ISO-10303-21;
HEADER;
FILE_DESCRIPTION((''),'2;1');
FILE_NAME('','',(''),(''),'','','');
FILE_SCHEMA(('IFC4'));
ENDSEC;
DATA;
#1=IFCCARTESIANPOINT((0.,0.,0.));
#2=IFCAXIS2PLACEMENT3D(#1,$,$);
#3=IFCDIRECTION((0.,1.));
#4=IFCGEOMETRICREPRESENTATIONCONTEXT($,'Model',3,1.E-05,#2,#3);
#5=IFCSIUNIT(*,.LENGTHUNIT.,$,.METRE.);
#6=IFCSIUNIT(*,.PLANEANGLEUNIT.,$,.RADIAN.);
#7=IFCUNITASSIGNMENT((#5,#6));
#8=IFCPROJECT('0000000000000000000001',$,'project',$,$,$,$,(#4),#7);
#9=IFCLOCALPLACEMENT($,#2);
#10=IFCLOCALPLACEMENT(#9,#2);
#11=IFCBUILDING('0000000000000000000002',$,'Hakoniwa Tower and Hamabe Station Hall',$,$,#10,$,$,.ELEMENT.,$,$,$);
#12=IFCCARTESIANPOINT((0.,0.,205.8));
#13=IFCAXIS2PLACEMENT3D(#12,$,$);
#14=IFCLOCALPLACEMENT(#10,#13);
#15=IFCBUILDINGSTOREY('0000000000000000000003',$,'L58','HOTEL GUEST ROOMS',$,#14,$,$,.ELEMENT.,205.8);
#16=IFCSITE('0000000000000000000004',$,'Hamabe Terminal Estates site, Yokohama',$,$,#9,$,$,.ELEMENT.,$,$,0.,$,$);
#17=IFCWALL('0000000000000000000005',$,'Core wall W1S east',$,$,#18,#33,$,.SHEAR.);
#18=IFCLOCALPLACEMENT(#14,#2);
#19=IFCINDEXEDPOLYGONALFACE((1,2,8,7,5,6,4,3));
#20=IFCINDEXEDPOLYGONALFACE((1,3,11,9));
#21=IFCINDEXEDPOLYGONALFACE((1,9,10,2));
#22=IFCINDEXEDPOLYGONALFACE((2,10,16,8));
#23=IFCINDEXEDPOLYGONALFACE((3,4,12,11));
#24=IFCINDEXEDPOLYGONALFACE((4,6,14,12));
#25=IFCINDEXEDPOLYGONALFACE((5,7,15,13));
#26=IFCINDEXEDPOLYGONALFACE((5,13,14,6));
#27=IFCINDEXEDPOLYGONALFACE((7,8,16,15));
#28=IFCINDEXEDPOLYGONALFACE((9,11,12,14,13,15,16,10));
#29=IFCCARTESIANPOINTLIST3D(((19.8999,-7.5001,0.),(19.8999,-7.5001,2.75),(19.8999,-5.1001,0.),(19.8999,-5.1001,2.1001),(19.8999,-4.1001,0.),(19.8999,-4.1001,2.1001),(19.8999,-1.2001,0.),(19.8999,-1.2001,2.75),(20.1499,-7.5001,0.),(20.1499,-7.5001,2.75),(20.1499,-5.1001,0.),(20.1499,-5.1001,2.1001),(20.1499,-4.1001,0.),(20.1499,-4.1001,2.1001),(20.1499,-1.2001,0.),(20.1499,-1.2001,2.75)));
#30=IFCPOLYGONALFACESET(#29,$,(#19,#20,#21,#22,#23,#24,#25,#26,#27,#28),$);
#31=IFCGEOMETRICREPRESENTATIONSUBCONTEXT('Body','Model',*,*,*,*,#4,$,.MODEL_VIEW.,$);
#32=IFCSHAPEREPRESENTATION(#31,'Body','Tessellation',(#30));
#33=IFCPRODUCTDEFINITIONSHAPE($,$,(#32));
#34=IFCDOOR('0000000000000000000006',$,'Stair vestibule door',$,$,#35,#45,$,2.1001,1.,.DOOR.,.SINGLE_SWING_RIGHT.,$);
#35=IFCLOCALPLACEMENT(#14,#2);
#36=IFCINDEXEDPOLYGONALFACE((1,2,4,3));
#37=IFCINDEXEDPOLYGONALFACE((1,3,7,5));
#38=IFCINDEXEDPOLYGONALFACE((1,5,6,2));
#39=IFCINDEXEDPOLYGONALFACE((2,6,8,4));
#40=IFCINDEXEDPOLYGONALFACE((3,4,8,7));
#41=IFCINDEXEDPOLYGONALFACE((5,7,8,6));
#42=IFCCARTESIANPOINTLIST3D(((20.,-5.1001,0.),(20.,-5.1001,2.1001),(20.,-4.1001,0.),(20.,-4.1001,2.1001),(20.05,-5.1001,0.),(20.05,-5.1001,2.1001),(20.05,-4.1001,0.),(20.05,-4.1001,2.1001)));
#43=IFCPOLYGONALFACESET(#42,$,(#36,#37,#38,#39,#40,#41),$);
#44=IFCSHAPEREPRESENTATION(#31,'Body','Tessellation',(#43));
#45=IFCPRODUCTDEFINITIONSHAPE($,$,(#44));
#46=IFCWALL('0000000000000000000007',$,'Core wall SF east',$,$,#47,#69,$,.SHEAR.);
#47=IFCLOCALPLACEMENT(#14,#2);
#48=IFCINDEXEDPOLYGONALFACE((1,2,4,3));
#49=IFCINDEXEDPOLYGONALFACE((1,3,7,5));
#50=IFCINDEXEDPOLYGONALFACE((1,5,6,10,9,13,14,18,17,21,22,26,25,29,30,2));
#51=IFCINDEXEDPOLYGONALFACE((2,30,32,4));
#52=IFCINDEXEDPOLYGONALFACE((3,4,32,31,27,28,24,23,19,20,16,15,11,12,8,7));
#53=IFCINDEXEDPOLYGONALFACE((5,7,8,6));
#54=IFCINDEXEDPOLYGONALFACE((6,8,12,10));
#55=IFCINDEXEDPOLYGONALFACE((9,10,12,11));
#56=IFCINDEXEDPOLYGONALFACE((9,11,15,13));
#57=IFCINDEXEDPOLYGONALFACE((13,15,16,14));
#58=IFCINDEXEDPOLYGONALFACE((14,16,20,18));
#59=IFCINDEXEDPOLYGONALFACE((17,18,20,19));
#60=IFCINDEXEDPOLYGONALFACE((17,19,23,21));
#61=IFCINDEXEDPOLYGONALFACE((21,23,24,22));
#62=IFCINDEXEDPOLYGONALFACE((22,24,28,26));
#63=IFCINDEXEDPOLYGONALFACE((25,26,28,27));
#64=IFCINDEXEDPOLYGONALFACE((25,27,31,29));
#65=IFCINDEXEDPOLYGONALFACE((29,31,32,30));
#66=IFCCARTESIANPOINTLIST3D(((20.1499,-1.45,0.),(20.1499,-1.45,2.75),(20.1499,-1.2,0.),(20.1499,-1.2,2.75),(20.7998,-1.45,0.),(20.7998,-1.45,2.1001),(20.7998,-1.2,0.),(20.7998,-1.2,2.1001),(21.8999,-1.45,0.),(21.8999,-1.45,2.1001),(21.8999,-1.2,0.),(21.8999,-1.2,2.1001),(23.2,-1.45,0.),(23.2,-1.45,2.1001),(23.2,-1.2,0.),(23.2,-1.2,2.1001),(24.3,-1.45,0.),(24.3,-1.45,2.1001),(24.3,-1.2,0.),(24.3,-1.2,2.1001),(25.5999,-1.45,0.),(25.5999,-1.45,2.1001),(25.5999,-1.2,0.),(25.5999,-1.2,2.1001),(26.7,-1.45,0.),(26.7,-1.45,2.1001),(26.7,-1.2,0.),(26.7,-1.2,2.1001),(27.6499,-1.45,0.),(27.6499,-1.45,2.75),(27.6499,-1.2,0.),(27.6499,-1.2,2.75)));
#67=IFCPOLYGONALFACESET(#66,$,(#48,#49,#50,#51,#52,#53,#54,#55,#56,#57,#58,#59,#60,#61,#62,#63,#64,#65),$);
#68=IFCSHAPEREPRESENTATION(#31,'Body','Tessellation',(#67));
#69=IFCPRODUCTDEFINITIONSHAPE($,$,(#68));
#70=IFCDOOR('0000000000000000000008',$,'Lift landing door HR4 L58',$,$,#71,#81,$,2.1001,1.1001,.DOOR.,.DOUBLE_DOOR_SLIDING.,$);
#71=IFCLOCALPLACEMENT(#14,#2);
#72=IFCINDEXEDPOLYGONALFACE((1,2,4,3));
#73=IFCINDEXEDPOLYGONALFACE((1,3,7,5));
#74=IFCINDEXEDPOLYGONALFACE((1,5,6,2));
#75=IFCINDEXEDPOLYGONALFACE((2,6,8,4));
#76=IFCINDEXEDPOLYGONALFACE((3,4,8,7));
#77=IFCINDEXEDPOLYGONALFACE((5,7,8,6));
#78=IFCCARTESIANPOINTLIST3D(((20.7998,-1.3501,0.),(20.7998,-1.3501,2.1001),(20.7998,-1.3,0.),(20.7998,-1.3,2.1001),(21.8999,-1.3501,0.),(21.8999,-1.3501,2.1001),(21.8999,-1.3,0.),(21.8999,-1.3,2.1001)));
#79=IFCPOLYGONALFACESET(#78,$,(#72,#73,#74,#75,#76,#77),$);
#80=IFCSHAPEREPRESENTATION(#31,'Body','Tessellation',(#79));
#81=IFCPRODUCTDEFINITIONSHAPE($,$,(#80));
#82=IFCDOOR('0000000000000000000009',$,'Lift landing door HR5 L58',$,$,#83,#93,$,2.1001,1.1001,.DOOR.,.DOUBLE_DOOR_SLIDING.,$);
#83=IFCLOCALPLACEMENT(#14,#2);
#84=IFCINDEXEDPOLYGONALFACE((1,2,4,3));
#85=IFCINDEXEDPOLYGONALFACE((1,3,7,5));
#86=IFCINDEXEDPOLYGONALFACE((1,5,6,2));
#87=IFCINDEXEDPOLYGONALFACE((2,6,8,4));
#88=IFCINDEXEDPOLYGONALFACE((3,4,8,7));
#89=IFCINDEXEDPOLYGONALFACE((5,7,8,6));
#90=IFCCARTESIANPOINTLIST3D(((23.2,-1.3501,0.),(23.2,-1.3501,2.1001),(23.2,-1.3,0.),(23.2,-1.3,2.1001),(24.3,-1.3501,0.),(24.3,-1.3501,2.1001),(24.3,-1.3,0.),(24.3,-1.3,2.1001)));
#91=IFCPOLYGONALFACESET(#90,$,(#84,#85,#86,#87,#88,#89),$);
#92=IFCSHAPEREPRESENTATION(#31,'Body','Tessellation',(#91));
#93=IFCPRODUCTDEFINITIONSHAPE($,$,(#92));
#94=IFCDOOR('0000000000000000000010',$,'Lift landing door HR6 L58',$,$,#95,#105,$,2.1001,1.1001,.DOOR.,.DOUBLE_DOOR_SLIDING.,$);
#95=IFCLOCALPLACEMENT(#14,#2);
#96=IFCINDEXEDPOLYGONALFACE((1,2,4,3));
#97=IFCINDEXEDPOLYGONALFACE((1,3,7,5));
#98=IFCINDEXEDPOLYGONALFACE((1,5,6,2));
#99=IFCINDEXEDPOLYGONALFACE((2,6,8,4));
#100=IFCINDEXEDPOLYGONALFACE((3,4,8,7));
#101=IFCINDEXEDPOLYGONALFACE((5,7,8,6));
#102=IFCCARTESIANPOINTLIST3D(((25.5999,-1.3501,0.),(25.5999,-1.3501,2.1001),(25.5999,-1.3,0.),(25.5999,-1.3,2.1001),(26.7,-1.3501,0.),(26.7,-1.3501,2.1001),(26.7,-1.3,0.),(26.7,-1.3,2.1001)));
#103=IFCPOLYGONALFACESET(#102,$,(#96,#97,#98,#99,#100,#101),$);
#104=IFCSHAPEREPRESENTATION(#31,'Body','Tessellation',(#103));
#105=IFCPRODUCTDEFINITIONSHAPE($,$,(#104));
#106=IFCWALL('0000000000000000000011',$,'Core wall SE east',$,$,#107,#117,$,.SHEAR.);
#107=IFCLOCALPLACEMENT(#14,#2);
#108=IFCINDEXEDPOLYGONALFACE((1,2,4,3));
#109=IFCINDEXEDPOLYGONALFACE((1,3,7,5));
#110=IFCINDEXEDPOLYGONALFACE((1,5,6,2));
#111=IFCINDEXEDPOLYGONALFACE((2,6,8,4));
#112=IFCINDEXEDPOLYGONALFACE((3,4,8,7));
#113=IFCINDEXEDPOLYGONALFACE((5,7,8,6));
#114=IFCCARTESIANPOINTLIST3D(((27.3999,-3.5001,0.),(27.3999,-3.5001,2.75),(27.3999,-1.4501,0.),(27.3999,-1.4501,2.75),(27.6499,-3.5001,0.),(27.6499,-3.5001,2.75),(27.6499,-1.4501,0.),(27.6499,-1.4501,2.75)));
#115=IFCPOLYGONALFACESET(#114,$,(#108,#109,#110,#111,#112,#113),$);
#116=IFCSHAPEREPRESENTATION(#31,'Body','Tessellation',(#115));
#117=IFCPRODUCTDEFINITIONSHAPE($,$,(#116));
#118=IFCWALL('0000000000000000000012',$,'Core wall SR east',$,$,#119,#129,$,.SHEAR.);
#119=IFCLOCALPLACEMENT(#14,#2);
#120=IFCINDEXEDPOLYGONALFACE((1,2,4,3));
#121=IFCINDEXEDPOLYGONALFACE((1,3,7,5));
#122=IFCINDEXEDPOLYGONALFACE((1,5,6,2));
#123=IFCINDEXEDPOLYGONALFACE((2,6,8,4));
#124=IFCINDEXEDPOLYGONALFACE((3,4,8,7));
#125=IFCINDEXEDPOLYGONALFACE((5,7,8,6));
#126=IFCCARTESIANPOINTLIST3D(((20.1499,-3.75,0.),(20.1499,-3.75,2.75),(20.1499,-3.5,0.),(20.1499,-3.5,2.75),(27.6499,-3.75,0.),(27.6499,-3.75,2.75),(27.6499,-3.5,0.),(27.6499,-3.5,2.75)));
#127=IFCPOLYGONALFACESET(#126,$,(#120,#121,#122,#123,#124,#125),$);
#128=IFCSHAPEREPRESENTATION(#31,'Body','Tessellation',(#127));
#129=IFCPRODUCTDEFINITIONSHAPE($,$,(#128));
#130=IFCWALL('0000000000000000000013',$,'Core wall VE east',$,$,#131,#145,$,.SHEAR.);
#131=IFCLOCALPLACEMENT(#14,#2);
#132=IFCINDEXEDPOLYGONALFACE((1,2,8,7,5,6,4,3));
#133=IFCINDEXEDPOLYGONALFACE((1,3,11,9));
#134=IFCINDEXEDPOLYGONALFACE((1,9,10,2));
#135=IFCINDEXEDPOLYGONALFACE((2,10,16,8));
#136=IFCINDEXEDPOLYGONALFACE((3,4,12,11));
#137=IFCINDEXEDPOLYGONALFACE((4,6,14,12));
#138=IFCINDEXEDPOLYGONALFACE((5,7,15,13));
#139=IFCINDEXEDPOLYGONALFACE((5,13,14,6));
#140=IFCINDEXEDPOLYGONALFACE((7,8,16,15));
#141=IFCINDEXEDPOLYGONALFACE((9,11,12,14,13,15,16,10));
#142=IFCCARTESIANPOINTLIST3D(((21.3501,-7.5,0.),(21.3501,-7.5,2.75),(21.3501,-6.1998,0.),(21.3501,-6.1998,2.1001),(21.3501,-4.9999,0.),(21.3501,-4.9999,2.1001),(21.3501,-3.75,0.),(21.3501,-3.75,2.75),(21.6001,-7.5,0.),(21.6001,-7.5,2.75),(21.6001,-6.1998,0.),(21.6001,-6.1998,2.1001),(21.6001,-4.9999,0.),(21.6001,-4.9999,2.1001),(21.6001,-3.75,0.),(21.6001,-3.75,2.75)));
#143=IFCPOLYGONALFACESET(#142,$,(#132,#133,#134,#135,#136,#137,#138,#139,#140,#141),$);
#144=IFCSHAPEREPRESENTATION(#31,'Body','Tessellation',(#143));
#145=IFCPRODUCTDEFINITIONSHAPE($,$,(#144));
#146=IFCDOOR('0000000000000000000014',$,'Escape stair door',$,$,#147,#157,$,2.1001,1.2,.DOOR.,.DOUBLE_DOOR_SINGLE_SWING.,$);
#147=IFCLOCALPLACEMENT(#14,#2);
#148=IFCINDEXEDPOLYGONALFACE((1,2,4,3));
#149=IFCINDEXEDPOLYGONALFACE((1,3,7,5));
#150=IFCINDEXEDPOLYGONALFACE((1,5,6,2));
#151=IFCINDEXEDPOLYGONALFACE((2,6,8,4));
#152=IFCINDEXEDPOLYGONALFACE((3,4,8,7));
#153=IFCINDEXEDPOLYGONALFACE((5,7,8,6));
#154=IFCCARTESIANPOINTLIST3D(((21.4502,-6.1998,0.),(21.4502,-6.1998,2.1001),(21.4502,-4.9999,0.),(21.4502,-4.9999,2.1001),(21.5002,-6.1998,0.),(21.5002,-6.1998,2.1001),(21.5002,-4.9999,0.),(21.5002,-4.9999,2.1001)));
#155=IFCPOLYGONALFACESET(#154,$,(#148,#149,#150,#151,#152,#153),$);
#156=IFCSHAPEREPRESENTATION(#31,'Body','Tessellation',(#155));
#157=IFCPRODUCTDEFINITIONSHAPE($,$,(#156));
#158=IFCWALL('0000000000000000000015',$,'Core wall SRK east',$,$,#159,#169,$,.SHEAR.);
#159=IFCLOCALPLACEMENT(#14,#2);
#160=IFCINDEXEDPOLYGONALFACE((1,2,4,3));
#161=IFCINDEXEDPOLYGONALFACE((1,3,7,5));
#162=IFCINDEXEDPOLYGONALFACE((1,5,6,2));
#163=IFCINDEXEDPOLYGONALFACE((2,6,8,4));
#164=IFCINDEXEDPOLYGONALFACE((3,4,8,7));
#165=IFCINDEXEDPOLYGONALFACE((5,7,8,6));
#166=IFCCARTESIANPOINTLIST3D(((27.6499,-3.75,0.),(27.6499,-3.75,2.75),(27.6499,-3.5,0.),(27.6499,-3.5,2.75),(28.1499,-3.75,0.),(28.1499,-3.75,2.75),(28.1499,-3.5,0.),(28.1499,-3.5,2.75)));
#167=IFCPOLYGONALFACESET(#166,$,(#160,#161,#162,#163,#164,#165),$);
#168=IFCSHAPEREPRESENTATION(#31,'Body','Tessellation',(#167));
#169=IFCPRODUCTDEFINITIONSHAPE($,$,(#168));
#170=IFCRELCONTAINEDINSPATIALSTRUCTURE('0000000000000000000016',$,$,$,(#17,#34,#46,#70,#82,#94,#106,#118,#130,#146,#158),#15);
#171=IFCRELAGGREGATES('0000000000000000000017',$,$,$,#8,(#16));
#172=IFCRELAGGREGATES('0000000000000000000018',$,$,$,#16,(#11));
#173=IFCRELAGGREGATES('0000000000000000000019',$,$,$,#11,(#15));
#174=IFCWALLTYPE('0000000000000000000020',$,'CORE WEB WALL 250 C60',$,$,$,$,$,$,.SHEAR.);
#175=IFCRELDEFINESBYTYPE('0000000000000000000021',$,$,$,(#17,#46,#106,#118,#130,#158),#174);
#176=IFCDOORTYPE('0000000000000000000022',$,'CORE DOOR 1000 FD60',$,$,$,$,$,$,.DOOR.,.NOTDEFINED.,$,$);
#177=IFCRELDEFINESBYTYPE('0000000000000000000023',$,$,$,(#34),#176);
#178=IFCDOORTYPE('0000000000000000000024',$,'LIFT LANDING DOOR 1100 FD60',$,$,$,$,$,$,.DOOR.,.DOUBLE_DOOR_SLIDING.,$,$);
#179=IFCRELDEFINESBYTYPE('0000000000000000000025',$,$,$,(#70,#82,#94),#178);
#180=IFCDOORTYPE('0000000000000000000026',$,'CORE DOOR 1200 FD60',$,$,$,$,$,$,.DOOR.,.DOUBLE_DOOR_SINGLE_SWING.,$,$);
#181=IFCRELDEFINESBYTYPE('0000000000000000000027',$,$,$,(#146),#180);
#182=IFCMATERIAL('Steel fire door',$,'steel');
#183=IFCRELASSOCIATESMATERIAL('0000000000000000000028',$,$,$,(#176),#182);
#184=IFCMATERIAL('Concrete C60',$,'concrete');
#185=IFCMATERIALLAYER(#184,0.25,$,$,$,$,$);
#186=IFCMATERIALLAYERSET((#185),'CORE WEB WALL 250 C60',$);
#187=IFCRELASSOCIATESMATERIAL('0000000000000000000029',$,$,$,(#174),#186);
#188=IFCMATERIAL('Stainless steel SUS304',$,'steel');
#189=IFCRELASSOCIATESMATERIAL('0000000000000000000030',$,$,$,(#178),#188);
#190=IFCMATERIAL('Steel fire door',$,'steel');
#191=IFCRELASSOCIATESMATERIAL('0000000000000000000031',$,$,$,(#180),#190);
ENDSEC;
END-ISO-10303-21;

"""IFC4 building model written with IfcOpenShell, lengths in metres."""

from ifc_helpers import new_model, si_unit, direction, frame, frame_2d, origin, place, context, subcontext, project, spatial, rectangle, extrude, material, layer, layer_set, type_object, element, fill, save


model = new_model("IFC4")

# Units and contexts
model_context = context("Model", 3, precision=1e-05, world=origin(), true_north=direction((0.0, 1.0)))
body_context = subcontext(model_context, "Body", "Model", "MODEL_VIEW")
ifc_project = project(units=[si_unit("LENGTHUNIT", "METRE"), si_unit("PLANEANGLEUNIT", "RADIAN")], contexts=[model_context])

# Site, building, storey
site_placement = place(None, origin())
site = spatial("IfcSite", under=ifc_project, at=site_placement, Name="Hamabe Terminal Estates site, Yokohama", CompositionType="ELEMENT", RefElevation=0.0)
building_placement = place(site_placement, origin())
building = spatial("IfcBuilding", under=site, at=building_placement, Name="Hakoniwa Tower and Hamabe Station Hall", CompositionType="ELEMENT")
storey_placement = place(building_placement, frame((0.0, 0.0, 205.8)))
storey = spatial("IfcBuildingStorey", under=building, at=storey_placement, Name="L58", Description="HOTEL GUEST ROOMS", CompositionType="ELEMENT", Elevation=205.8)

# Wall, opening, door
ifc_material_1 = material(Name="Steel fire door", Category="steel")
door_type_1 = type_object("IfcDoorType", Name="CORE DOOR 1000 FD60", OperationType="NOTDEFINED", PredefinedType="DOOR", material=ifc_material_1)
ifc_material_2 = material(Name="Concrete C60", Category="concrete")
ifc_layer_1 = layer(ifc_material_2, 0.25)
ifc_layer_set_1 = layer_set([ifc_layer_1], Name="CORE WEB WALL 250 C60")
wall_type_1 = type_object("IfcWallType", Name="CORE WEB WALL 250 C60", PredefinedType="SHEAR", material=ifc_layer_set_1)
wall_1_placement = place(storey_placement, frame((20.0249, -7.5, 0.0), z_axis=(0.0, 0.0, 1.0), x_axis=(0.0, 1.0, 0.0)))
wall_1 = element("IfcWall", 1, at=wall_1_placement, inside=storey, type_object=wall_type_1, Name="Core wall W1S east", PredefinedType="SHEAR", context=body_context, shape_type="SweptSolid", body=[
    extrude(rectangle(XDim=6.3, YDim=0.25, at=frame_2d((3.1499, 0.0))), origin(), (0.0, 0.0, 1.0), 2.75),
])
opening_1_placement = place(wall_1_placement, frame((2.3999, 0.0, 0.0)))
opening_1 = element("IfcOpeningElement", 2, at=opening_1_placement, cuts=wall_1, PredefinedType="OPENING", context=body_context, shape_type="SweptSolid", body=[
    extrude(rectangle(XDim=1.0, YDim=2.1001, at=frame_2d((0.5, 1.05))), frame((0.0, 0.135, 0.0), z_axis=(0.0, -1.0, 0.0), x_axis=(1.0, 0.0, 0.0)), (0.0, 0.0, 1.0), 0.27),
])
door_1_placement = place(opening_1_placement, origin())
door_1 = element("IfcDoor", 3, at=door_1_placement, inside=storey, type_object=door_type_1, Name="Stair vestibule door", OperationType="SINGLE_SWING_RIGHT", OverallHeight=2.1001, OverallWidth=1.0, PredefinedType="DOOR", context=body_context, shape_type="SweptSolid", body=[
    extrude(rectangle(XDim=1.0, YDim=2.1001, at=frame_2d((0.5, 1.05))), frame((0.0, 0.0249, 0.0), z_axis=(0.0, -1.0, 0.0), x_axis=(1.0, 0.0, 0.0)), (0.0, 0.0, 1.0), 0.05),
])
fill(opening_1, door_1)

# Wall, openings, doors
wall_2_placement = place(storey_placement, frame((20.1499, -1.325, 0.0), z_axis=(0.0, 0.0, 1.0), x_axis=(1.0, 0.0, 0.0)))
wall_2 = element("IfcWall", 4, at=wall_2_placement, inside=storey, type_object=wall_type_1, Name="Core wall SF east", PredefinedType="SHEAR", context=body_context, shape_type="SweptSolid", body=[
    extrude(rectangle(XDim=7.5, YDim=0.25, at=frame_2d((3.75, 0.0))), origin(), (0.0, 0.0, 1.0), 2.75),
])
opening_2_placement = place(wall_2_placement, frame((0.6499, 0.0, 0.0)))
opening_2 = element("IfcOpeningElement", 5, at=opening_2_placement, cuts=wall_2, PredefinedType="OPENING", context=body_context, shape_type="SweptSolid", body=[
    extrude(rectangle(XDim=1.1001, YDim=2.1001, at=frame_2d((0.55, 1.05))), frame((0.0, 0.135, 0.0), z_axis=(0.0, -1.0, 0.0), x_axis=(1.0, 0.0, 0.0)), (0.0, 0.0, 1.0), 0.27),
])
opening_3_placement = place(wall_2_placement, frame((3.05, 0.0, 0.0)))
opening_3 = element("IfcOpeningElement", 6, at=opening_3_placement, cuts=wall_2, PredefinedType="OPENING", context=body_context, shape_type="SweptSolid", body=[
    extrude(rectangle(XDim=1.1001, YDim=2.1001, at=frame_2d((0.55, 1.05))), frame((0.0, 0.135, 0.0), z_axis=(0.0, -1.0, 0.0), x_axis=(1.0, 0.0, 0.0)), (0.0, 0.0, 1.0), 0.27),
])
opening_4_placement = place(wall_2_placement, frame((5.45, 0.0, 0.0)))
opening_4 = element("IfcOpeningElement", 7, at=opening_4_placement, cuts=wall_2, PredefinedType="OPENING", context=body_context, shape_type="SweptSolid", body=[
    extrude(rectangle(XDim=1.1001, YDim=2.1001, at=frame_2d((0.55, 1.05))), frame((0.0, 0.135, 0.0), z_axis=(0.0, -1.0, 0.0), x_axis=(1.0, 0.0, 0.0)), (0.0, 0.0, 1.0), 0.27),
])
ifc_material_3 = material(Name="Stainless steel SUS304", Category="steel")
door_type_2 = type_object("IfcDoorType", Name="LIFT LANDING DOOR 1100 FD60", OperationType="DOUBLE_DOOR_SLIDING", PredefinedType="DOOR", material=ifc_material_3)
door_2_placement = place(opening_2_placement, origin())
door_2 = element("IfcDoor", 8, at=door_2_placement, inside=storey, type_object=door_type_2, Name="Lift landing door HR4 L58", OperationType="DOUBLE_DOOR_SLIDING", OverallHeight=2.1001, OverallWidth=1.1001, PredefinedType="DOOR", context=body_context, shape_type="SweptSolid", body=[
    extrude(rectangle(XDim=1.1001, YDim=2.1001, at=frame_2d((0.55, 1.05))), frame((0.0, 0.0249, 0.0), z_axis=(0.0, -1.0, 0.0), x_axis=(1.0, 0.0, 0.0)), (0.0, 0.0, 1.0), 0.05),
])
fill(opening_2, door_2)
door_3_placement = place(opening_3_placement, origin())
door_3 = element("IfcDoor", 9, at=door_3_placement, inside=storey, type_object=door_type_2, Name="Lift landing door HR5 L58", OperationType="DOUBLE_DOOR_SLIDING", OverallHeight=2.1001, OverallWidth=1.1001, PredefinedType="DOOR", context=body_context, shape_type="SweptSolid", body=[
    extrude(rectangle(XDim=1.1001, YDim=2.1001, at=frame_2d((0.55, 1.05))), frame((0.0, 0.0249, 0.0), z_axis=(0.0, -1.0, 0.0), x_axis=(1.0, 0.0, 0.0)), (0.0, 0.0, 1.0), 0.05),
])
fill(opening_3, door_3)
door_4_placement = place(opening_4_placement, origin())
door_4 = element("IfcDoor", 10, at=door_4_placement, inside=storey, type_object=door_type_2, Name="Lift landing door HR6 L58", OperationType="DOUBLE_DOOR_SLIDING", OverallHeight=2.1001, OverallWidth=1.1001, PredefinedType="DOOR", context=body_context, shape_type="SweptSolid", body=[
    extrude(rectangle(XDim=1.1001, YDim=2.1001, at=frame_2d((0.55, 1.05))), frame((0.0, 0.0249, 0.0), z_axis=(0.0, -1.0, 0.0), x_axis=(1.0, 0.0, 0.0)), (0.0, 0.0, 1.0), 0.05),
])
fill(opening_4, door_4)

# Walls
wall_3_placement = place(storey_placement, frame((27.5249, -3.5, 0.0), z_axis=(0.0, 0.0, 1.0), x_axis=(0.0, 1.0, 0.0)))
element("IfcWall", 11, at=wall_3_placement, inside=storey, type_object=wall_type_1, Name="Core wall SE east", PredefinedType="SHEAR", context=body_context, shape_type="SweptSolid", body=[
    extrude(rectangle(XDim=2.05, YDim=0.25, at=frame_2d((1.0249, 0.0))), origin(), (0.0, 0.0, 1.0), 2.75),
])
wall_4_placement = place(storey_placement, frame((20.1499, -3.625, 0.0), z_axis=(0.0, 0.0, 1.0), x_axis=(1.0, 0.0, 0.0)))
element("IfcWall", 12, at=wall_4_placement, inside=storey, type_object=wall_type_1, Name="Core wall SR east", PredefinedType="SHEAR", context=body_context, shape_type="SweptSolid", body=[
    extrude(rectangle(XDim=7.5, YDim=0.25, at=frame_2d((3.75, 0.0))), origin(), (0.0, 0.0, 1.0), 2.75),
])

# Wall, opening, door
wall_5_placement = place(storey_placement, frame((21.4751, -7.5, 0.0), z_axis=(0.0, 0.0, 1.0), x_axis=(0.0, 1.0, 0.0)))
wall_5 = element("IfcWall", 13, at=wall_5_placement, inside=storey, type_object=wall_type_1, Name="Core wall VE east", PredefinedType="SHEAR", context=body_context, shape_type="SweptSolid", body=[
    extrude(rectangle(XDim=3.75, YDim=0.25, at=frame_2d((1.875, 0.0))), origin(), (0.0, 0.0, 1.0), 2.75),
])
opening_5_placement = place(wall_5_placement, frame((1.3, 0.0, 0.0)))
opening_5 = element("IfcOpeningElement", 14, at=opening_5_placement, cuts=wall_5, PredefinedType="OPENING", context=body_context, shape_type="SweptSolid", body=[
    extrude(rectangle(XDim=1.2, YDim=2.1001, at=frame_2d((0.6001, 1.05))), frame((0.0, 0.135, 0.0), z_axis=(0.0, -1.0, 0.0), x_axis=(1.0, 0.0, 0.0)), (0.0, 0.0, 1.0), 0.27),
])
ifc_material_4 = material(Name="Steel fire door", Category="steel")
door_type_3 = type_object("IfcDoorType", Name="CORE DOOR 1200 FD60", OperationType="DOUBLE_DOOR_SINGLE_SWING", PredefinedType="DOOR", material=ifc_material_4)
door_5_placement = place(opening_5_placement, origin())
door_5 = element("IfcDoor", 15, at=door_5_placement, inside=storey, type_object=door_type_3, Name="Escape stair door", OperationType="DOUBLE_DOOR_SINGLE_SWING", OverallHeight=2.1001, OverallWidth=1.2, PredefinedType="DOOR", context=body_context, shape_type="SweptSolid", body=[
    extrude(rectangle(XDim=1.2, YDim=2.1001, at=frame_2d((0.6001, 1.05))), frame((0.0, 0.0249, 0.0), z_axis=(0.0, -1.0, 0.0), x_axis=(1.0, 0.0, 0.0)), (0.0, 0.0, 1.0), 0.05),
])
fill(opening_5, door_5)

# Wall
wall_6_placement = place(storey_placement, frame((27.6499, -3.625, 0.0), z_axis=(0.0, 0.0, 1.0), x_axis=(1.0, 0.0, 0.0)))
element("IfcWall", 16, at=wall_6_placement, inside=storey, type_object=wall_type_1, Name="Core wall SRK east", PredefinedType="SHEAR", context=body_context, shape_type="SweptSolid", body=[
    extrude(rectangle(XDim=0.5, YDim=0.25, at=frame_2d((0.25, 0.0))), origin(), (0.0, 0.0, 1.0), 2.75),
])

save(model, "model.ifc")
